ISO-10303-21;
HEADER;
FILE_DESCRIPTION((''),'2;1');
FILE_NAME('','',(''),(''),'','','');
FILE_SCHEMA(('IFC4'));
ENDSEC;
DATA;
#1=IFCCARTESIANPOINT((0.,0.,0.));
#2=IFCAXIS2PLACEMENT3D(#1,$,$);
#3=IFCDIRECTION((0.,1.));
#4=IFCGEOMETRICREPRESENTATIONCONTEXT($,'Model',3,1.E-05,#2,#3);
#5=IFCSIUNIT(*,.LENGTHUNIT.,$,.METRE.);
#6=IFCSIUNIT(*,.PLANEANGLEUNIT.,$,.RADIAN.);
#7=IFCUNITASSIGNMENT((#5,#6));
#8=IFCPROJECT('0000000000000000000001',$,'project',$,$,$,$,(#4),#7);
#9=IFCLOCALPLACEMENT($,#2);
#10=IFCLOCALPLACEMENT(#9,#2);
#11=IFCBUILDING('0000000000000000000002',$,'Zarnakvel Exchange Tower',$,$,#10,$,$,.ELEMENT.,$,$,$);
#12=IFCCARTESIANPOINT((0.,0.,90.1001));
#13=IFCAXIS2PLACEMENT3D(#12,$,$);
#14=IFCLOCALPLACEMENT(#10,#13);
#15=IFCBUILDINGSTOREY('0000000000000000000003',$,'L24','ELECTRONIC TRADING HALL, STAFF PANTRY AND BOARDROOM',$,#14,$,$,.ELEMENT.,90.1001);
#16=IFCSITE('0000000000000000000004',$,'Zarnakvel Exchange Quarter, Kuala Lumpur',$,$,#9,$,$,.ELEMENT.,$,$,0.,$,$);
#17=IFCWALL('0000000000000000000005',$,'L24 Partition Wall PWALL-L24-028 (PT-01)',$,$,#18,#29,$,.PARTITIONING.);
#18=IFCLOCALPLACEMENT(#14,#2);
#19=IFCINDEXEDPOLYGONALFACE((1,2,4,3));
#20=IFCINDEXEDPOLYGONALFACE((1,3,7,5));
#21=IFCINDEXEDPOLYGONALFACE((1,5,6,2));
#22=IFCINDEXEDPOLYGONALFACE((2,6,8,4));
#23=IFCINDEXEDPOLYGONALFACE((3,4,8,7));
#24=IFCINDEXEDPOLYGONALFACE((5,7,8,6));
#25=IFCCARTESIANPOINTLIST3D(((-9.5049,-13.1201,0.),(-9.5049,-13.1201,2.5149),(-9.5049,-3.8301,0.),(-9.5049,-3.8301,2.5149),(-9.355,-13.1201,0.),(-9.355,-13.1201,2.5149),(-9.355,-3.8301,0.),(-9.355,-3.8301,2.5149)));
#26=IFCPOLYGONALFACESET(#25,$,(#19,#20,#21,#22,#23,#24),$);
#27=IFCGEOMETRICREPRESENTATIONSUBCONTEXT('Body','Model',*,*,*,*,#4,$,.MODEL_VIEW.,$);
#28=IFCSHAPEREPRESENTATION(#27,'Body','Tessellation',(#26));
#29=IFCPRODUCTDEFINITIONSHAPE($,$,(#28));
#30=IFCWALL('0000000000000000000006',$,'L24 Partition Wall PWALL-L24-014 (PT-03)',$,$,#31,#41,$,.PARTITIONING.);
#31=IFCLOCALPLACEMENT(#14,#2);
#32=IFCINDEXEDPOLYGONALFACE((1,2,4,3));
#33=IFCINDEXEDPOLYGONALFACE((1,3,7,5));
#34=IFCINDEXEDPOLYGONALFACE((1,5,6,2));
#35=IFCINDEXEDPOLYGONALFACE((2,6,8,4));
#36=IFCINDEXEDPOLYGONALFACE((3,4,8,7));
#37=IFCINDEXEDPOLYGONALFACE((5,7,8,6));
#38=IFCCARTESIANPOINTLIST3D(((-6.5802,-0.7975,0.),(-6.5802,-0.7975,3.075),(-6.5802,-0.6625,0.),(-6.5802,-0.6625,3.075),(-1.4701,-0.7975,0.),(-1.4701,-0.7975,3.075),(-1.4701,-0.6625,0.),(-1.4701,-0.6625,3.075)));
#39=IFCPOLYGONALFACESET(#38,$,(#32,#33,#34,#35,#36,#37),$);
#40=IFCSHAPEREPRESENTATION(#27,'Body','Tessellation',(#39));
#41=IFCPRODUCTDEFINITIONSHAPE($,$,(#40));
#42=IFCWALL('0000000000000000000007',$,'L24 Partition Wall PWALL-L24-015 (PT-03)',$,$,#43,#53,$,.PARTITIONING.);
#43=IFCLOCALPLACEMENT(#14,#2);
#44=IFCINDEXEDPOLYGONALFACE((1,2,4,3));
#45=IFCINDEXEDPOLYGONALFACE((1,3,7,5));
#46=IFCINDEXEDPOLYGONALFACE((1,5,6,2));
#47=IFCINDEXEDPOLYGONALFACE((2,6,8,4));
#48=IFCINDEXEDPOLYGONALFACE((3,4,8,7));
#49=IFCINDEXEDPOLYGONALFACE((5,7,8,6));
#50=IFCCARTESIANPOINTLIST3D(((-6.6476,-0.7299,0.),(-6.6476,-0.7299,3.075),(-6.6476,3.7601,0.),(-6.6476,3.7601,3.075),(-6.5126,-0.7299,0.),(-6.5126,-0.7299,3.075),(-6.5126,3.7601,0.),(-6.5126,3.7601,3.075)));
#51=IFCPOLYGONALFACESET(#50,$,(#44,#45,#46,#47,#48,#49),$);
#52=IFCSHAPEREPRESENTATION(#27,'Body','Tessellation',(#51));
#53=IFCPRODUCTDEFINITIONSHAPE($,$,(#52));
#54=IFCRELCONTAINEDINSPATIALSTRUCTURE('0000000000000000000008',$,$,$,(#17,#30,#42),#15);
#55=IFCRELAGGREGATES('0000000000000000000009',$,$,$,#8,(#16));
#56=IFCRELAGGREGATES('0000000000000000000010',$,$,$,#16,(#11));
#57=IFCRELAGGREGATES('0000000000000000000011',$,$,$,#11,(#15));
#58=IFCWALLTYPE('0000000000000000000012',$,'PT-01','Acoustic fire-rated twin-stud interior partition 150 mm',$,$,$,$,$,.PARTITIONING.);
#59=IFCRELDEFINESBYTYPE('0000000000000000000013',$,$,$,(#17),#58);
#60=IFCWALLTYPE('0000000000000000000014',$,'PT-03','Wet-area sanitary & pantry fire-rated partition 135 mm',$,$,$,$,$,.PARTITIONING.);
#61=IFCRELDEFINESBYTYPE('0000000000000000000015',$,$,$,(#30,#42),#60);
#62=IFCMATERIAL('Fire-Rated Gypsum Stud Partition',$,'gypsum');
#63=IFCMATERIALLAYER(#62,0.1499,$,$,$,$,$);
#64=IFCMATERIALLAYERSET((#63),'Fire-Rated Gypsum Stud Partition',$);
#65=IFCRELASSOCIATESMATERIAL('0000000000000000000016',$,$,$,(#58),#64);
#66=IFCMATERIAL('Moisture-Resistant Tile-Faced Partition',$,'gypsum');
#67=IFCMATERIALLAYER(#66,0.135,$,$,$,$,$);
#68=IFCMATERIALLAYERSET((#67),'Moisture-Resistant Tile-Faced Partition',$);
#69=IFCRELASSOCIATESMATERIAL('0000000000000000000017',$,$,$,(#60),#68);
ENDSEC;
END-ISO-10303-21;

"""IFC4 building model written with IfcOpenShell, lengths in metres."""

from ifc_helpers import new_model, si_unit, direction, frame, frame_2d, origin, place, context, subcontext, project, spatial, rectangle, extrude, material, layer, layer_set, type_object, element, save


model = new_model("IFC4")

# Units and contexts
model_context = context("Model", 3, precision=1e-05, world=origin(), true_north=direction((0.0, 1.0)))
body_context = subcontext(model_context, "Body", "Model", "MODEL_VIEW")
ifc_project = project(units=[si_unit("LENGTHUNIT", "METRE"), si_unit("PLANEANGLEUNIT", "RADIAN")], contexts=[model_context])

# Site, building, storey
site_placement = place(None, origin())
site = spatial("IfcSite", under=ifc_project, at=site_placement, Name="Zarnakvel Exchange Quarter, Kuala Lumpur", CompositionType="ELEMENT", RefElevation=0.0)
building_placement = place(site_placement, origin())
building = spatial("IfcBuilding", under=site, at=building_placement, Name="Zarnakvel Exchange Tower", CompositionType="ELEMENT")
storey_placement = place(building_placement, frame((0.0, 0.0, 90.1001)))
storey = spatial("IfcBuildingStorey", under=building, at=storey_placement, Name="L24", Description="ELECTRONIC TRADING HALL, STAFF PANTRY AND BOARDROOM", CompositionType="ELEMENT", Elevation=90.1001)

# Walls
ifc_material_1 = material(Name="Fire-Rated Gypsum Stud Partition", Category="gypsum")
ifc_layer_1 = layer(ifc_material_1, 0.1499)
ifc_layer_set_1 = layer_set([ifc_layer_1], Name="Fire-Rated Gypsum Stud Partition")
wall_type_1 = type_object("IfcWallType", Name="PT-01", Description="Acoustic fire-rated twin-stud interior partition 150 mm", PredefinedType="PARTITIONING", material=ifc_layer_set_1)
wall_1_placement = place(storey_placement, frame((-9.4299, -3.8301, 0.0), z_axis=(0.0, 0.0, 1.0), x_axis=(0.0, -1.0, 0.0)))
element("IfcWall", 1, at=wall_1_placement, inside=storey, type_object=wall_type_1, Name="L24 Partition Wall PWALL-L24-028 (PT-01)", PredefinedType="PARTITIONING", context=body_context, shape_type="SweptSolid", body=[
    extrude(rectangle(XDim=9.29, YDim=0.1499, at=frame_2d((4.645, 0.0))), origin(), (0.0, 0.0, 1.0), 2.5149),
])
ifc_material_2 = material(Name="Moisture-Resistant Tile-Faced Partition", Category="gypsum")
ifc_layer_2 = layer(ifc_material_2, 0.135)
ifc_layer_set_2 = layer_set([ifc_layer_2], Name="Moisture-Resistant Tile-Faced Partition")
wall_type_2 = type_object("IfcWallType", Name="PT-03", Description="Wet-area sanitary & pantry fire-rated partition 135 mm", PredefinedType="PARTITIONING", material=ifc_layer_set_2)
wall_2_placement = place(storey_placement, frame((-1.47, -0.73, 0.0), z_axis=(0.0, 0.0, 1.0), x_axis=(-1.0, 0.0, 0.0)))
element("IfcWall", 2, at=wall_2_placement, inside=storey, type_object=wall_type_2, Name="L24 Partition Wall PWALL-L24-014 (PT-03)", PredefinedType="PARTITIONING", context=body_context, shape_type="SweptSolid", body=[
    extrude(rectangle(XDim=5.1101, YDim=0.135, at=frame_2d((2.5552, 0.0))), origin(), (0.0, 0.0, 1.0), 3.075),
])
wall_3_placement = place(storey_placement, frame((-6.5801, -0.73, 0.0), z_axis=(0.0, 0.0, 1.0), x_axis=(0.0, 1.0, 0.0)))
element("IfcWall", 3, at=wall_3_placement, inside=storey, type_object=wall_type_2, Name="L24 Partition Wall PWALL-L24-015 (PT-03)", PredefinedType="PARTITIONING", context=body_context, shape_type="SweptSolid", body=[
    extrude(rectangle(XDim=4.49, YDim=0.135, at=frame_2d((2.2451, 0.0))), origin(), (0.0, 0.0, 1.0), 3.075),
])

save(model, "model.ifc")
